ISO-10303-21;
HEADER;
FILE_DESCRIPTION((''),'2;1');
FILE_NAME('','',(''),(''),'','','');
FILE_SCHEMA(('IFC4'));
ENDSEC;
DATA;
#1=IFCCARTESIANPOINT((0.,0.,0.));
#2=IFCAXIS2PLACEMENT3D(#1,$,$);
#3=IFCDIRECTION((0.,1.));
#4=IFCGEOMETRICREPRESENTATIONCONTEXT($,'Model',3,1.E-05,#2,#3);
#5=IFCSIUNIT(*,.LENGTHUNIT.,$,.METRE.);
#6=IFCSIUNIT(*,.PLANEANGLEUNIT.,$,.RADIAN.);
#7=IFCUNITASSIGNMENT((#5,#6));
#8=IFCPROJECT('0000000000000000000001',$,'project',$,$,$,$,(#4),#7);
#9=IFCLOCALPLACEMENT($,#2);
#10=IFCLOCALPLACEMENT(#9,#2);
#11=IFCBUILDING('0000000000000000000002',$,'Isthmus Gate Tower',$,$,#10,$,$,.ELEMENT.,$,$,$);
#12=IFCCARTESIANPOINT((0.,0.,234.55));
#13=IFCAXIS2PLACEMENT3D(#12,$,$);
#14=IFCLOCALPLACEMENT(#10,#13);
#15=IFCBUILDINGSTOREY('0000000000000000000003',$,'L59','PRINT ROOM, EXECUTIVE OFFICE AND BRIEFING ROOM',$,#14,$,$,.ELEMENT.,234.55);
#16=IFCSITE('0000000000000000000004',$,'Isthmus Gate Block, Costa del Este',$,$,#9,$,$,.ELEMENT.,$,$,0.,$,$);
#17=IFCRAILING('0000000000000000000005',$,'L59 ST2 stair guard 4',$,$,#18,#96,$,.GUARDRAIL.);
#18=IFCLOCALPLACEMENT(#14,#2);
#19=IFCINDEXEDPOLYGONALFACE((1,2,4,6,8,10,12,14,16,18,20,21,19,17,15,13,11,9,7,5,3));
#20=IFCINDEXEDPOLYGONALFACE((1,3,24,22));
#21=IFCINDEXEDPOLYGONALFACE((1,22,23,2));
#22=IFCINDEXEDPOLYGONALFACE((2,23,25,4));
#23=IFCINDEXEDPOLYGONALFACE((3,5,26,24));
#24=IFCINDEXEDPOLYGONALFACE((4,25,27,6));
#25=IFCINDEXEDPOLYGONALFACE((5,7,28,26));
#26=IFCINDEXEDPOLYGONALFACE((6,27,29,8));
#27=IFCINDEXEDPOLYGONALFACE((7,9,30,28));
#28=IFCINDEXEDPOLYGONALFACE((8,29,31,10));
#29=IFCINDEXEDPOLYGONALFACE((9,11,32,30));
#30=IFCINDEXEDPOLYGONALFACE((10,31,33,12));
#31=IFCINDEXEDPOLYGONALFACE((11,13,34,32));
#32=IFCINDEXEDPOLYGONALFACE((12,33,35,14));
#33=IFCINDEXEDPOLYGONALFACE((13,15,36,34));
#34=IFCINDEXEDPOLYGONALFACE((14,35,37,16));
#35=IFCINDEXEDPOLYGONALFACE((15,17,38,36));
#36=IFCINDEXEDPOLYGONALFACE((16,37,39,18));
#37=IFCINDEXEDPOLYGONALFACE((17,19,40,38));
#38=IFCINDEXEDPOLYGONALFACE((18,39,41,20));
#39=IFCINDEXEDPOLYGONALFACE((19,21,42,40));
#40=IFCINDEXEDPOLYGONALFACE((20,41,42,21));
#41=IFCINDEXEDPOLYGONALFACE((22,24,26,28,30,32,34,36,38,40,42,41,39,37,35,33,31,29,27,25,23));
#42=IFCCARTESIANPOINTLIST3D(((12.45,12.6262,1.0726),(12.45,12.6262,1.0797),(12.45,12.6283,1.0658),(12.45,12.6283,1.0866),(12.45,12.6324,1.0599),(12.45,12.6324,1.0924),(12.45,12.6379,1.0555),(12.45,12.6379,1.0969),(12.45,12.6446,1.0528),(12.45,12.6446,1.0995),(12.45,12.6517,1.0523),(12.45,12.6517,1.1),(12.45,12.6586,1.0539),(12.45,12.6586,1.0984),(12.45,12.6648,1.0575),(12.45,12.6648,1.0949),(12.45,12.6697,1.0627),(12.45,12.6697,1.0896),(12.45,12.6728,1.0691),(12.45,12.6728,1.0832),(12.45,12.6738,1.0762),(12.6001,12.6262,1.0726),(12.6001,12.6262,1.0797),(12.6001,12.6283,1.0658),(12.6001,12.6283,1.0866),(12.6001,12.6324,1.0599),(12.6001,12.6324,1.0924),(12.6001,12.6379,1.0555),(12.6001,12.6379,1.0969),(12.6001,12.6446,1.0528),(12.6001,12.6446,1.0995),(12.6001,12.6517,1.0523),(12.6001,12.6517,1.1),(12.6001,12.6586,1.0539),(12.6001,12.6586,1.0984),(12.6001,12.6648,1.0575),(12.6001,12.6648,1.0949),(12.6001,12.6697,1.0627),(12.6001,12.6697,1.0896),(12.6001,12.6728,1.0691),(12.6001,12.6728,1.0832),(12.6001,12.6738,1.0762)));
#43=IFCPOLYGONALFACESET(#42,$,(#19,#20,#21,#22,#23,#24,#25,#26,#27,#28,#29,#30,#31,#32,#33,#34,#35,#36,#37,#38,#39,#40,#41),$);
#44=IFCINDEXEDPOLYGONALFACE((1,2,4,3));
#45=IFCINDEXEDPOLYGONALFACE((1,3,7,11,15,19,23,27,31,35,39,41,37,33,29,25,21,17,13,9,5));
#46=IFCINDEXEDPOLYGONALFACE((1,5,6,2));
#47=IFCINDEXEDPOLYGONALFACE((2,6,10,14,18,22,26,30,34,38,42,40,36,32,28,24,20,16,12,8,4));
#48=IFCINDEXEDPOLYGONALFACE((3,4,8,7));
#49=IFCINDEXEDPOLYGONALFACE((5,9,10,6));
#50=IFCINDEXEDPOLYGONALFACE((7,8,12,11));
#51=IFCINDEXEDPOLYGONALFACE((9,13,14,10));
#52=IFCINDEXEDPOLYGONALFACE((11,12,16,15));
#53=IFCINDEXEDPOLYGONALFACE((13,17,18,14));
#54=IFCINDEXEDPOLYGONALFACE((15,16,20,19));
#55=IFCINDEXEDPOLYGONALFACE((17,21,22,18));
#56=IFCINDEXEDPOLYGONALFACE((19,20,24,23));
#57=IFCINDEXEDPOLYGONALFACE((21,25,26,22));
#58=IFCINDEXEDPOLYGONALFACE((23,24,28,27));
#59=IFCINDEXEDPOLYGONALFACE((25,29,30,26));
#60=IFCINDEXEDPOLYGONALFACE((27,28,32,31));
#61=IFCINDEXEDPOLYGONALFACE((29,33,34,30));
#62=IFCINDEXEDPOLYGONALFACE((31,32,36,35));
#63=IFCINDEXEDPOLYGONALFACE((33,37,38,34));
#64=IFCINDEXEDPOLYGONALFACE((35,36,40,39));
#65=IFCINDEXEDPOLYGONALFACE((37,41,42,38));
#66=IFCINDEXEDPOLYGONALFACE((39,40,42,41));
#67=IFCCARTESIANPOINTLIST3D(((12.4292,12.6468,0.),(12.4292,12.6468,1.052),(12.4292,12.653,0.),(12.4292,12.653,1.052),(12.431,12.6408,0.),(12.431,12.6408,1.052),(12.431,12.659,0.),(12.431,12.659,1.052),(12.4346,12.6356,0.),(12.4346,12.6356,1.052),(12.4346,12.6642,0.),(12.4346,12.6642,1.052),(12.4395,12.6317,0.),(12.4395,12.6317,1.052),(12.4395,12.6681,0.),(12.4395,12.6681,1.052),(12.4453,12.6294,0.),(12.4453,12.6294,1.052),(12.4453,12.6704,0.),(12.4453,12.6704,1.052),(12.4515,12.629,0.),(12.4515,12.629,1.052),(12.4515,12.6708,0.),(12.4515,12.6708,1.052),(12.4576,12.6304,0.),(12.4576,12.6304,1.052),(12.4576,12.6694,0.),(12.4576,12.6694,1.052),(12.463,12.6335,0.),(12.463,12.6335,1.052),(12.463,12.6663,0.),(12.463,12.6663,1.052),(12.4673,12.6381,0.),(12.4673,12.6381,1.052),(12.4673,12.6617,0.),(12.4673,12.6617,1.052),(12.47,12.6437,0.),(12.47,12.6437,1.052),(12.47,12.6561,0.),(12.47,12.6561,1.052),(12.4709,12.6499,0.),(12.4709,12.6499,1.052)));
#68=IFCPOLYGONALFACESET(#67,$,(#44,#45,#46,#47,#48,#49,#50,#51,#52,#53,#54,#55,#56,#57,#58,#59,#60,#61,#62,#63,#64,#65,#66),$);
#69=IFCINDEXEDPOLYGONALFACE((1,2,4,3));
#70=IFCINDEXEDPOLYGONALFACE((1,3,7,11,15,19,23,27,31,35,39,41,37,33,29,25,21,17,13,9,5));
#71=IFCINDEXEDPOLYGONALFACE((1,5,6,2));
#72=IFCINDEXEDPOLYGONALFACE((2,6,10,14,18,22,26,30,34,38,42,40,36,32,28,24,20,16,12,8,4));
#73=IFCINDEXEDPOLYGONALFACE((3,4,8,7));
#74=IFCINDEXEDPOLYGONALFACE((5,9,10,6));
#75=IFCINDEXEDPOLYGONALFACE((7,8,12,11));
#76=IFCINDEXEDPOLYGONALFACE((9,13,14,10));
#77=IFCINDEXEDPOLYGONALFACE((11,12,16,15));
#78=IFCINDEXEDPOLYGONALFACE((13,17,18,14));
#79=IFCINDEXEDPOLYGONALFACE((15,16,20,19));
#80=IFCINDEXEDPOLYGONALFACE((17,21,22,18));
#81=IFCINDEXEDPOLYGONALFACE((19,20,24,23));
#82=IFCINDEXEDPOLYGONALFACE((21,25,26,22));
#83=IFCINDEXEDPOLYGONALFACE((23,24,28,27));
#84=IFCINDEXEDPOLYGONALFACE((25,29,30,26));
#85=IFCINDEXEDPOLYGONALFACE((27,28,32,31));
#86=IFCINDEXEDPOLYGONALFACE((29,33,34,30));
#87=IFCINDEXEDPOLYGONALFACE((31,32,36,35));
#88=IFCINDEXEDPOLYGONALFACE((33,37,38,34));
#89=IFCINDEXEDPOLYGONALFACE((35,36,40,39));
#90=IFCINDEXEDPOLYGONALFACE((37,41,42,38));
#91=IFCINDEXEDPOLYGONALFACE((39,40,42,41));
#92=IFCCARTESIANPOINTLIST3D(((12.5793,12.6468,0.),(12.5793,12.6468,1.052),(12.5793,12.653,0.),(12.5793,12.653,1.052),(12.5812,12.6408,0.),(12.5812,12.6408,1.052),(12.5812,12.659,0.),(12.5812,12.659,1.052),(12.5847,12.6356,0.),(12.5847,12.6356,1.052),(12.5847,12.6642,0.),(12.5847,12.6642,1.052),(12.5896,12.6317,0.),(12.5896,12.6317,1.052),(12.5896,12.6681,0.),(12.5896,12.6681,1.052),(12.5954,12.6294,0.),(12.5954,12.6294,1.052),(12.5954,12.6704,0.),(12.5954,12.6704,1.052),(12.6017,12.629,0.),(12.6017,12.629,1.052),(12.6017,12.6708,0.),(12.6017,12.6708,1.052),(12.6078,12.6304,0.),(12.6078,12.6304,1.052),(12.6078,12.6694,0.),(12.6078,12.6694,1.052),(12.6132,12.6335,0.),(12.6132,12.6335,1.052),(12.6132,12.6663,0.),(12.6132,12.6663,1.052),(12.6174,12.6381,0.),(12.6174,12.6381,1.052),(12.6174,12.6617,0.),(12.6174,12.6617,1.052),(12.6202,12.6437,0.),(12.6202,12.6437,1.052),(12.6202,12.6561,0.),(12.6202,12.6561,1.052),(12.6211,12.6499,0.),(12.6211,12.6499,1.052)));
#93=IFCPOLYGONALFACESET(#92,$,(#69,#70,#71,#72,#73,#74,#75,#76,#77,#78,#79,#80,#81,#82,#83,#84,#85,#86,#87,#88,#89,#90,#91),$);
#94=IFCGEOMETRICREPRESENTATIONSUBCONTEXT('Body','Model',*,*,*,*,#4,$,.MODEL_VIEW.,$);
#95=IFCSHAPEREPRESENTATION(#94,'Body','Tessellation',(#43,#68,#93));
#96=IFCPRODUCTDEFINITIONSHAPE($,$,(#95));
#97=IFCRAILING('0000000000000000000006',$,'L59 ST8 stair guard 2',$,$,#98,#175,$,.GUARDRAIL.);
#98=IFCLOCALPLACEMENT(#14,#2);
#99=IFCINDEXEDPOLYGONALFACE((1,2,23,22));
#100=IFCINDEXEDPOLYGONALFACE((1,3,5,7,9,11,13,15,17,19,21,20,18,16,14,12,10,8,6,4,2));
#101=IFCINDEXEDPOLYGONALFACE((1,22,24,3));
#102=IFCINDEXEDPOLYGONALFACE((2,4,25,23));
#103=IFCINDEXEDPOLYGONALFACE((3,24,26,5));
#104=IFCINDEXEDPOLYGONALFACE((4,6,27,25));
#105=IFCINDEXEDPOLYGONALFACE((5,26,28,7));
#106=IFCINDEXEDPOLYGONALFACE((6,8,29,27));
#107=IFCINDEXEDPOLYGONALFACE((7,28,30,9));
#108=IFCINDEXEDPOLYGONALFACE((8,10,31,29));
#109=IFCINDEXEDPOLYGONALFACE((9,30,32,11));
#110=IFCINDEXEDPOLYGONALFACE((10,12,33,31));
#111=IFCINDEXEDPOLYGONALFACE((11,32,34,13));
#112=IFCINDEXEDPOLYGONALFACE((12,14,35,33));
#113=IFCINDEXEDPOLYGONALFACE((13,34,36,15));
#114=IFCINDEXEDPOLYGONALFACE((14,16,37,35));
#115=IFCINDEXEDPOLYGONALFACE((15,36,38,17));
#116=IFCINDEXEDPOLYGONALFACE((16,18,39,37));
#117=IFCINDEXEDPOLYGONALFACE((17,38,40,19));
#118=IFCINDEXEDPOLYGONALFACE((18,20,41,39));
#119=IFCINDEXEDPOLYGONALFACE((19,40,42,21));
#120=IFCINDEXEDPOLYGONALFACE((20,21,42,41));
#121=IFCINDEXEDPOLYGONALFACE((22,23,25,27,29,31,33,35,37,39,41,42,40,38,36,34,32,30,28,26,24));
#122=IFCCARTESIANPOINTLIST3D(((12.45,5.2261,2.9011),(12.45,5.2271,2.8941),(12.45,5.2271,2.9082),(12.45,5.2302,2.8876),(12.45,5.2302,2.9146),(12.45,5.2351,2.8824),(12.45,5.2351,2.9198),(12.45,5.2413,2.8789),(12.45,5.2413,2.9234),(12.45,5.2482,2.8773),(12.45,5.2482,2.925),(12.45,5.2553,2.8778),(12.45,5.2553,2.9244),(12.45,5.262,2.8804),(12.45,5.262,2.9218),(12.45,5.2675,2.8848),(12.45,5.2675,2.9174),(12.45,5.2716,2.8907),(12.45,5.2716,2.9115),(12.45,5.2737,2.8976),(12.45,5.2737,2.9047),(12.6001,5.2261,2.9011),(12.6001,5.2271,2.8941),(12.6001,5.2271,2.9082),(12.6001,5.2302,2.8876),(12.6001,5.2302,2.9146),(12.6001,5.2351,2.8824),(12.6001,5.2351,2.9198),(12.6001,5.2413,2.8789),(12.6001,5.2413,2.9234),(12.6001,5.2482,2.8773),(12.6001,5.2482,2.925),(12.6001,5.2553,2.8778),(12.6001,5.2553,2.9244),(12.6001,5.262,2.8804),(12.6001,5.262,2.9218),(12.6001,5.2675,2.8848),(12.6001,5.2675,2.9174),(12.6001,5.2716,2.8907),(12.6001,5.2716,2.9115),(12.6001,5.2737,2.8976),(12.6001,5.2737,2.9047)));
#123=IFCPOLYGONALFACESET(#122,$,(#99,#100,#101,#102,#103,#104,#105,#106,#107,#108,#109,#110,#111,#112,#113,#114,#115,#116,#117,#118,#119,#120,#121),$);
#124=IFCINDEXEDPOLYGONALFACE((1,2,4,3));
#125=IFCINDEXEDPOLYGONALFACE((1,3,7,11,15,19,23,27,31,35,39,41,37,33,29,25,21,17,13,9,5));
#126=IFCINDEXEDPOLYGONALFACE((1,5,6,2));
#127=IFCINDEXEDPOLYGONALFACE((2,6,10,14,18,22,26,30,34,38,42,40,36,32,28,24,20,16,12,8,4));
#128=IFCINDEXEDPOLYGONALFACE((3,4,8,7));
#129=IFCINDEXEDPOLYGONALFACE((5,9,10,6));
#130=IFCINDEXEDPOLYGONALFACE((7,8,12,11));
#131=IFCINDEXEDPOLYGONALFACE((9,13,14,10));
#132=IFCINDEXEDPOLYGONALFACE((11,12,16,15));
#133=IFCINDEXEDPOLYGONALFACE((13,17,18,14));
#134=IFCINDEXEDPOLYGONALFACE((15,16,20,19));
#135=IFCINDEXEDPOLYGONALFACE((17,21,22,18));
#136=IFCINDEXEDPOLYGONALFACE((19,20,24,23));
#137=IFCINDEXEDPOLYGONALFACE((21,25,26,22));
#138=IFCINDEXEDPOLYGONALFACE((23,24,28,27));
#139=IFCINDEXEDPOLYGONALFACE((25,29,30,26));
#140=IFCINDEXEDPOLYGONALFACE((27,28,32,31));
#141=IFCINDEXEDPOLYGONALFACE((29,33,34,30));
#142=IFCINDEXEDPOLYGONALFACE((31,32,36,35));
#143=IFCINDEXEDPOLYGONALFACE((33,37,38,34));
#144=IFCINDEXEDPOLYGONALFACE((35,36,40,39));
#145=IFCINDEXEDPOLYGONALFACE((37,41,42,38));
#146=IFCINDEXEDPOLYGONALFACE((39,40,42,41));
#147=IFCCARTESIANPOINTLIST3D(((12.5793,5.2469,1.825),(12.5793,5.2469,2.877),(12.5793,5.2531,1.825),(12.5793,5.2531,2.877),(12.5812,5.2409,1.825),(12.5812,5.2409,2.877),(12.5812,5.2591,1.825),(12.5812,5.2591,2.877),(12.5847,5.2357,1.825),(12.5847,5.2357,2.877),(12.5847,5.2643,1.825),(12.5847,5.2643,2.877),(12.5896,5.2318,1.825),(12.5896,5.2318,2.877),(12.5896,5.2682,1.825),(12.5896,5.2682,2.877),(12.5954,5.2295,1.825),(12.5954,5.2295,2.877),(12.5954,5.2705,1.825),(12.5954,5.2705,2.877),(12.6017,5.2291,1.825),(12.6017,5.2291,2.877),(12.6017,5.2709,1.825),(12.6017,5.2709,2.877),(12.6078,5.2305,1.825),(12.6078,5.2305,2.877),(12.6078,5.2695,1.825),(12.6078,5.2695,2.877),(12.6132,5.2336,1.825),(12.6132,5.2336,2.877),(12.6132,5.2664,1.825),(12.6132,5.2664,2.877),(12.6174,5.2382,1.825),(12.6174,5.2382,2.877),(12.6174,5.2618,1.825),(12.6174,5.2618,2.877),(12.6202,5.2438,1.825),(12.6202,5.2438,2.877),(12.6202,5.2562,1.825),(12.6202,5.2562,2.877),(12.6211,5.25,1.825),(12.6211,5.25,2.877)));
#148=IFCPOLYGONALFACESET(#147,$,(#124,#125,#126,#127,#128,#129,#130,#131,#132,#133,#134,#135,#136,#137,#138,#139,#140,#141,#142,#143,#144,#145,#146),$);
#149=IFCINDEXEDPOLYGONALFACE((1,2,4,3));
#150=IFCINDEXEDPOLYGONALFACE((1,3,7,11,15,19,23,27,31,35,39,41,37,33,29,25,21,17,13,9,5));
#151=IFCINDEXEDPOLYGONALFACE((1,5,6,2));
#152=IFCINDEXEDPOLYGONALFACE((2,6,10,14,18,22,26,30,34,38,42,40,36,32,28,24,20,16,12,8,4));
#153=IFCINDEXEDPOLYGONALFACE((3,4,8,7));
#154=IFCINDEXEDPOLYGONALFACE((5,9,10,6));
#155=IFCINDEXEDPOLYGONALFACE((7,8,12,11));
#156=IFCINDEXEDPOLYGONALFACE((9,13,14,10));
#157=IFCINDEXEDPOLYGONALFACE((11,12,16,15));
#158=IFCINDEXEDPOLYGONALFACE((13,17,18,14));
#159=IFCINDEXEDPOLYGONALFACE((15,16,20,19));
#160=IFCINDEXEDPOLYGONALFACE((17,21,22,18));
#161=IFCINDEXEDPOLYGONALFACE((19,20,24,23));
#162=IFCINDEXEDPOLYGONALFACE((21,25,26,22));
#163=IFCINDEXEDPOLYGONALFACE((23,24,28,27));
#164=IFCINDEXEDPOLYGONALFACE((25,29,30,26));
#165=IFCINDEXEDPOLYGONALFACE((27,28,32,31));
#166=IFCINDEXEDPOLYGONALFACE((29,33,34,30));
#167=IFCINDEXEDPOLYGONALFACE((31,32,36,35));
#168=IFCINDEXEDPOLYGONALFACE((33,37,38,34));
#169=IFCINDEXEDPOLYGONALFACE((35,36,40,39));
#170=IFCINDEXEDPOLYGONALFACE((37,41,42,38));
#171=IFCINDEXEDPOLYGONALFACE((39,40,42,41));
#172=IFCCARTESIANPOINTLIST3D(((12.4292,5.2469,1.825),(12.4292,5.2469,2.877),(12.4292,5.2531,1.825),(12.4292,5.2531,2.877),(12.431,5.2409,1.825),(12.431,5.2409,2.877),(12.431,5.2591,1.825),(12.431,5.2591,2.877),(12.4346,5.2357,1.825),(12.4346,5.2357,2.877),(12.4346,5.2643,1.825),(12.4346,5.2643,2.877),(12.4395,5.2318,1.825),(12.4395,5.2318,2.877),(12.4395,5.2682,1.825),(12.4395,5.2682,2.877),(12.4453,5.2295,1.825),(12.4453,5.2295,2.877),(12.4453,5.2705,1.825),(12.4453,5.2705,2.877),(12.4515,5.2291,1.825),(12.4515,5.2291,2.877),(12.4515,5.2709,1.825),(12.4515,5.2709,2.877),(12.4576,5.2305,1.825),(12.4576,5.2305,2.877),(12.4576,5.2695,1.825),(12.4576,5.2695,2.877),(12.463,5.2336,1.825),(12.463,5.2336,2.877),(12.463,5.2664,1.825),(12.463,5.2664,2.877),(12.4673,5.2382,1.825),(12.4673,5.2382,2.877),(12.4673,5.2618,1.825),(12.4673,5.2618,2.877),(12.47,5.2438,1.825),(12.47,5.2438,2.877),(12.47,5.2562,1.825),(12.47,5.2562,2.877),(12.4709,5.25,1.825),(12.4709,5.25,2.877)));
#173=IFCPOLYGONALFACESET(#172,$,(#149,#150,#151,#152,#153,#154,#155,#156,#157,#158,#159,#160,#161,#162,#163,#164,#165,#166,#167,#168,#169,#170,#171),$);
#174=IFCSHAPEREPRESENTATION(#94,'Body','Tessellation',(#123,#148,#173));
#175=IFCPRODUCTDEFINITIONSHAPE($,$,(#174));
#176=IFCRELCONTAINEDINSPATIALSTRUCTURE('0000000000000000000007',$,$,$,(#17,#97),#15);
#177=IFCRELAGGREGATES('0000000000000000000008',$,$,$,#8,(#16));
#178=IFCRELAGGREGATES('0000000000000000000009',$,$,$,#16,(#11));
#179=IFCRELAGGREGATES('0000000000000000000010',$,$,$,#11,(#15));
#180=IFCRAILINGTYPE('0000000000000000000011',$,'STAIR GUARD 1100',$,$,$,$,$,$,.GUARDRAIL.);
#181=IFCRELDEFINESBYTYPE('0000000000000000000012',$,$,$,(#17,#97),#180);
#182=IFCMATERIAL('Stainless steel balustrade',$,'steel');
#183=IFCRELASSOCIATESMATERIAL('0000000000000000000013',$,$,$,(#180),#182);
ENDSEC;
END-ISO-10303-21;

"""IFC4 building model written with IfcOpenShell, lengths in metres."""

from ifc_helpers import new_model, si_unit, direction, frame, origin, origin_2d, place, context, subcontext, project, spatial, circle, extrude, material, type_object, element, save


model = new_model("IFC4")

# Units and contexts
model_context = context("Model", 3, precision=1e-05, world=origin(), true_north=direction((0.0, 1.0)))
body_context = subcontext(model_context, "Body", "Model", "MODEL_VIEW")
ifc_project = project(units=[si_unit("LENGTHUNIT", "METRE"), si_unit("PLANEANGLEUNIT", "RADIAN")], contexts=[model_context])

# Site, building, storey
site_placement = place(None, origin())
site = spatial("IfcSite", under=ifc_project, at=site_placement, Name="Isthmus Gate Block, Costa del Este", CompositionType="ELEMENT", RefElevation=0.0)
building_placement = place(site_placement, origin())
building = spatial("IfcBuilding", under=site, at=building_placement, Name="Isthmus Gate Tower", CompositionType="ELEMENT")
storey_placement = place(building_placement, frame((0.0, 0.0, 234.55)))
storey = spatial("IfcBuildingStorey", under=building, at=storey_placement, Name="L59", Description="PRINT ROOM, EXECUTIVE OFFICE AND BRIEFING ROOM", CompositionType="ELEMENT", Elevation=234.55)

# Railings
ifc_material_1 = material(Name="Stainless steel balustrade", Category="steel")
railing_type_1 = type_object("IfcRailingType", Name="STAIR GUARD 1100", PredefinedType="GUARDRAIL", material=ifc_material_1)
railing_1_placement = place(storey_placement, frame((12.45, 12.6499, 0.0)))
element("IfcRailing", 1, at=railing_1_placement, inside=storey, type_object=railing_type_1, Name="L59 ST2 stair guard 4", PredefinedType="GUARDRAIL", context=body_context, shape_type="SweptSolid", body=[
    extrude(circle(Radius=0.0239, at=origin_2d()), frame((0.0, 0.0, 1.0762), z_axis=(1.0, 0.0, 0.0), x_axis=(0.0, 1.0, 0.0)), (0.0, 0.0, 1.0), 0.1501),
    extrude(circle(Radius=0.021, at=origin_2d()), origin(), (0.0, 0.0, 1.0), 1.052),
    extrude(circle(Radius=0.021, at=origin_2d()), frame((0.1501, 0.0, 0.0)), (0.0, 0.0, 1.0), 1.052),
])
railing_2_placement = place(storey_placement, frame((12.6001, 5.25, 1.825)))
element("IfcRailing", 2, at=railing_2_placement, inside=storey, type_object=railing_type_1, Name="L59 ST8 stair guard 2", PredefinedType="GUARDRAIL", context=body_context, shape_type="SweptSolid", body=[
    extrude(circle(Radius=0.0239, at=origin_2d()), frame((0.0, 0.0, 1.0762), z_axis=(-1.0, 0.0, 0.0), x_axis=(0.0, -1.0, 0.0)), (0.0, 0.0, 1.0), 0.1501),
    extrude(circle(Radius=0.021, at=origin_2d()), origin(), (0.0, 0.0, 1.0), 1.052),
    extrude(circle(Radius=0.021, at=origin_2d()), frame((-0.1501, 0.0, 0.0)), (0.0, 0.0, 1.0), 1.052),
])

save(model, "model.ifc")
